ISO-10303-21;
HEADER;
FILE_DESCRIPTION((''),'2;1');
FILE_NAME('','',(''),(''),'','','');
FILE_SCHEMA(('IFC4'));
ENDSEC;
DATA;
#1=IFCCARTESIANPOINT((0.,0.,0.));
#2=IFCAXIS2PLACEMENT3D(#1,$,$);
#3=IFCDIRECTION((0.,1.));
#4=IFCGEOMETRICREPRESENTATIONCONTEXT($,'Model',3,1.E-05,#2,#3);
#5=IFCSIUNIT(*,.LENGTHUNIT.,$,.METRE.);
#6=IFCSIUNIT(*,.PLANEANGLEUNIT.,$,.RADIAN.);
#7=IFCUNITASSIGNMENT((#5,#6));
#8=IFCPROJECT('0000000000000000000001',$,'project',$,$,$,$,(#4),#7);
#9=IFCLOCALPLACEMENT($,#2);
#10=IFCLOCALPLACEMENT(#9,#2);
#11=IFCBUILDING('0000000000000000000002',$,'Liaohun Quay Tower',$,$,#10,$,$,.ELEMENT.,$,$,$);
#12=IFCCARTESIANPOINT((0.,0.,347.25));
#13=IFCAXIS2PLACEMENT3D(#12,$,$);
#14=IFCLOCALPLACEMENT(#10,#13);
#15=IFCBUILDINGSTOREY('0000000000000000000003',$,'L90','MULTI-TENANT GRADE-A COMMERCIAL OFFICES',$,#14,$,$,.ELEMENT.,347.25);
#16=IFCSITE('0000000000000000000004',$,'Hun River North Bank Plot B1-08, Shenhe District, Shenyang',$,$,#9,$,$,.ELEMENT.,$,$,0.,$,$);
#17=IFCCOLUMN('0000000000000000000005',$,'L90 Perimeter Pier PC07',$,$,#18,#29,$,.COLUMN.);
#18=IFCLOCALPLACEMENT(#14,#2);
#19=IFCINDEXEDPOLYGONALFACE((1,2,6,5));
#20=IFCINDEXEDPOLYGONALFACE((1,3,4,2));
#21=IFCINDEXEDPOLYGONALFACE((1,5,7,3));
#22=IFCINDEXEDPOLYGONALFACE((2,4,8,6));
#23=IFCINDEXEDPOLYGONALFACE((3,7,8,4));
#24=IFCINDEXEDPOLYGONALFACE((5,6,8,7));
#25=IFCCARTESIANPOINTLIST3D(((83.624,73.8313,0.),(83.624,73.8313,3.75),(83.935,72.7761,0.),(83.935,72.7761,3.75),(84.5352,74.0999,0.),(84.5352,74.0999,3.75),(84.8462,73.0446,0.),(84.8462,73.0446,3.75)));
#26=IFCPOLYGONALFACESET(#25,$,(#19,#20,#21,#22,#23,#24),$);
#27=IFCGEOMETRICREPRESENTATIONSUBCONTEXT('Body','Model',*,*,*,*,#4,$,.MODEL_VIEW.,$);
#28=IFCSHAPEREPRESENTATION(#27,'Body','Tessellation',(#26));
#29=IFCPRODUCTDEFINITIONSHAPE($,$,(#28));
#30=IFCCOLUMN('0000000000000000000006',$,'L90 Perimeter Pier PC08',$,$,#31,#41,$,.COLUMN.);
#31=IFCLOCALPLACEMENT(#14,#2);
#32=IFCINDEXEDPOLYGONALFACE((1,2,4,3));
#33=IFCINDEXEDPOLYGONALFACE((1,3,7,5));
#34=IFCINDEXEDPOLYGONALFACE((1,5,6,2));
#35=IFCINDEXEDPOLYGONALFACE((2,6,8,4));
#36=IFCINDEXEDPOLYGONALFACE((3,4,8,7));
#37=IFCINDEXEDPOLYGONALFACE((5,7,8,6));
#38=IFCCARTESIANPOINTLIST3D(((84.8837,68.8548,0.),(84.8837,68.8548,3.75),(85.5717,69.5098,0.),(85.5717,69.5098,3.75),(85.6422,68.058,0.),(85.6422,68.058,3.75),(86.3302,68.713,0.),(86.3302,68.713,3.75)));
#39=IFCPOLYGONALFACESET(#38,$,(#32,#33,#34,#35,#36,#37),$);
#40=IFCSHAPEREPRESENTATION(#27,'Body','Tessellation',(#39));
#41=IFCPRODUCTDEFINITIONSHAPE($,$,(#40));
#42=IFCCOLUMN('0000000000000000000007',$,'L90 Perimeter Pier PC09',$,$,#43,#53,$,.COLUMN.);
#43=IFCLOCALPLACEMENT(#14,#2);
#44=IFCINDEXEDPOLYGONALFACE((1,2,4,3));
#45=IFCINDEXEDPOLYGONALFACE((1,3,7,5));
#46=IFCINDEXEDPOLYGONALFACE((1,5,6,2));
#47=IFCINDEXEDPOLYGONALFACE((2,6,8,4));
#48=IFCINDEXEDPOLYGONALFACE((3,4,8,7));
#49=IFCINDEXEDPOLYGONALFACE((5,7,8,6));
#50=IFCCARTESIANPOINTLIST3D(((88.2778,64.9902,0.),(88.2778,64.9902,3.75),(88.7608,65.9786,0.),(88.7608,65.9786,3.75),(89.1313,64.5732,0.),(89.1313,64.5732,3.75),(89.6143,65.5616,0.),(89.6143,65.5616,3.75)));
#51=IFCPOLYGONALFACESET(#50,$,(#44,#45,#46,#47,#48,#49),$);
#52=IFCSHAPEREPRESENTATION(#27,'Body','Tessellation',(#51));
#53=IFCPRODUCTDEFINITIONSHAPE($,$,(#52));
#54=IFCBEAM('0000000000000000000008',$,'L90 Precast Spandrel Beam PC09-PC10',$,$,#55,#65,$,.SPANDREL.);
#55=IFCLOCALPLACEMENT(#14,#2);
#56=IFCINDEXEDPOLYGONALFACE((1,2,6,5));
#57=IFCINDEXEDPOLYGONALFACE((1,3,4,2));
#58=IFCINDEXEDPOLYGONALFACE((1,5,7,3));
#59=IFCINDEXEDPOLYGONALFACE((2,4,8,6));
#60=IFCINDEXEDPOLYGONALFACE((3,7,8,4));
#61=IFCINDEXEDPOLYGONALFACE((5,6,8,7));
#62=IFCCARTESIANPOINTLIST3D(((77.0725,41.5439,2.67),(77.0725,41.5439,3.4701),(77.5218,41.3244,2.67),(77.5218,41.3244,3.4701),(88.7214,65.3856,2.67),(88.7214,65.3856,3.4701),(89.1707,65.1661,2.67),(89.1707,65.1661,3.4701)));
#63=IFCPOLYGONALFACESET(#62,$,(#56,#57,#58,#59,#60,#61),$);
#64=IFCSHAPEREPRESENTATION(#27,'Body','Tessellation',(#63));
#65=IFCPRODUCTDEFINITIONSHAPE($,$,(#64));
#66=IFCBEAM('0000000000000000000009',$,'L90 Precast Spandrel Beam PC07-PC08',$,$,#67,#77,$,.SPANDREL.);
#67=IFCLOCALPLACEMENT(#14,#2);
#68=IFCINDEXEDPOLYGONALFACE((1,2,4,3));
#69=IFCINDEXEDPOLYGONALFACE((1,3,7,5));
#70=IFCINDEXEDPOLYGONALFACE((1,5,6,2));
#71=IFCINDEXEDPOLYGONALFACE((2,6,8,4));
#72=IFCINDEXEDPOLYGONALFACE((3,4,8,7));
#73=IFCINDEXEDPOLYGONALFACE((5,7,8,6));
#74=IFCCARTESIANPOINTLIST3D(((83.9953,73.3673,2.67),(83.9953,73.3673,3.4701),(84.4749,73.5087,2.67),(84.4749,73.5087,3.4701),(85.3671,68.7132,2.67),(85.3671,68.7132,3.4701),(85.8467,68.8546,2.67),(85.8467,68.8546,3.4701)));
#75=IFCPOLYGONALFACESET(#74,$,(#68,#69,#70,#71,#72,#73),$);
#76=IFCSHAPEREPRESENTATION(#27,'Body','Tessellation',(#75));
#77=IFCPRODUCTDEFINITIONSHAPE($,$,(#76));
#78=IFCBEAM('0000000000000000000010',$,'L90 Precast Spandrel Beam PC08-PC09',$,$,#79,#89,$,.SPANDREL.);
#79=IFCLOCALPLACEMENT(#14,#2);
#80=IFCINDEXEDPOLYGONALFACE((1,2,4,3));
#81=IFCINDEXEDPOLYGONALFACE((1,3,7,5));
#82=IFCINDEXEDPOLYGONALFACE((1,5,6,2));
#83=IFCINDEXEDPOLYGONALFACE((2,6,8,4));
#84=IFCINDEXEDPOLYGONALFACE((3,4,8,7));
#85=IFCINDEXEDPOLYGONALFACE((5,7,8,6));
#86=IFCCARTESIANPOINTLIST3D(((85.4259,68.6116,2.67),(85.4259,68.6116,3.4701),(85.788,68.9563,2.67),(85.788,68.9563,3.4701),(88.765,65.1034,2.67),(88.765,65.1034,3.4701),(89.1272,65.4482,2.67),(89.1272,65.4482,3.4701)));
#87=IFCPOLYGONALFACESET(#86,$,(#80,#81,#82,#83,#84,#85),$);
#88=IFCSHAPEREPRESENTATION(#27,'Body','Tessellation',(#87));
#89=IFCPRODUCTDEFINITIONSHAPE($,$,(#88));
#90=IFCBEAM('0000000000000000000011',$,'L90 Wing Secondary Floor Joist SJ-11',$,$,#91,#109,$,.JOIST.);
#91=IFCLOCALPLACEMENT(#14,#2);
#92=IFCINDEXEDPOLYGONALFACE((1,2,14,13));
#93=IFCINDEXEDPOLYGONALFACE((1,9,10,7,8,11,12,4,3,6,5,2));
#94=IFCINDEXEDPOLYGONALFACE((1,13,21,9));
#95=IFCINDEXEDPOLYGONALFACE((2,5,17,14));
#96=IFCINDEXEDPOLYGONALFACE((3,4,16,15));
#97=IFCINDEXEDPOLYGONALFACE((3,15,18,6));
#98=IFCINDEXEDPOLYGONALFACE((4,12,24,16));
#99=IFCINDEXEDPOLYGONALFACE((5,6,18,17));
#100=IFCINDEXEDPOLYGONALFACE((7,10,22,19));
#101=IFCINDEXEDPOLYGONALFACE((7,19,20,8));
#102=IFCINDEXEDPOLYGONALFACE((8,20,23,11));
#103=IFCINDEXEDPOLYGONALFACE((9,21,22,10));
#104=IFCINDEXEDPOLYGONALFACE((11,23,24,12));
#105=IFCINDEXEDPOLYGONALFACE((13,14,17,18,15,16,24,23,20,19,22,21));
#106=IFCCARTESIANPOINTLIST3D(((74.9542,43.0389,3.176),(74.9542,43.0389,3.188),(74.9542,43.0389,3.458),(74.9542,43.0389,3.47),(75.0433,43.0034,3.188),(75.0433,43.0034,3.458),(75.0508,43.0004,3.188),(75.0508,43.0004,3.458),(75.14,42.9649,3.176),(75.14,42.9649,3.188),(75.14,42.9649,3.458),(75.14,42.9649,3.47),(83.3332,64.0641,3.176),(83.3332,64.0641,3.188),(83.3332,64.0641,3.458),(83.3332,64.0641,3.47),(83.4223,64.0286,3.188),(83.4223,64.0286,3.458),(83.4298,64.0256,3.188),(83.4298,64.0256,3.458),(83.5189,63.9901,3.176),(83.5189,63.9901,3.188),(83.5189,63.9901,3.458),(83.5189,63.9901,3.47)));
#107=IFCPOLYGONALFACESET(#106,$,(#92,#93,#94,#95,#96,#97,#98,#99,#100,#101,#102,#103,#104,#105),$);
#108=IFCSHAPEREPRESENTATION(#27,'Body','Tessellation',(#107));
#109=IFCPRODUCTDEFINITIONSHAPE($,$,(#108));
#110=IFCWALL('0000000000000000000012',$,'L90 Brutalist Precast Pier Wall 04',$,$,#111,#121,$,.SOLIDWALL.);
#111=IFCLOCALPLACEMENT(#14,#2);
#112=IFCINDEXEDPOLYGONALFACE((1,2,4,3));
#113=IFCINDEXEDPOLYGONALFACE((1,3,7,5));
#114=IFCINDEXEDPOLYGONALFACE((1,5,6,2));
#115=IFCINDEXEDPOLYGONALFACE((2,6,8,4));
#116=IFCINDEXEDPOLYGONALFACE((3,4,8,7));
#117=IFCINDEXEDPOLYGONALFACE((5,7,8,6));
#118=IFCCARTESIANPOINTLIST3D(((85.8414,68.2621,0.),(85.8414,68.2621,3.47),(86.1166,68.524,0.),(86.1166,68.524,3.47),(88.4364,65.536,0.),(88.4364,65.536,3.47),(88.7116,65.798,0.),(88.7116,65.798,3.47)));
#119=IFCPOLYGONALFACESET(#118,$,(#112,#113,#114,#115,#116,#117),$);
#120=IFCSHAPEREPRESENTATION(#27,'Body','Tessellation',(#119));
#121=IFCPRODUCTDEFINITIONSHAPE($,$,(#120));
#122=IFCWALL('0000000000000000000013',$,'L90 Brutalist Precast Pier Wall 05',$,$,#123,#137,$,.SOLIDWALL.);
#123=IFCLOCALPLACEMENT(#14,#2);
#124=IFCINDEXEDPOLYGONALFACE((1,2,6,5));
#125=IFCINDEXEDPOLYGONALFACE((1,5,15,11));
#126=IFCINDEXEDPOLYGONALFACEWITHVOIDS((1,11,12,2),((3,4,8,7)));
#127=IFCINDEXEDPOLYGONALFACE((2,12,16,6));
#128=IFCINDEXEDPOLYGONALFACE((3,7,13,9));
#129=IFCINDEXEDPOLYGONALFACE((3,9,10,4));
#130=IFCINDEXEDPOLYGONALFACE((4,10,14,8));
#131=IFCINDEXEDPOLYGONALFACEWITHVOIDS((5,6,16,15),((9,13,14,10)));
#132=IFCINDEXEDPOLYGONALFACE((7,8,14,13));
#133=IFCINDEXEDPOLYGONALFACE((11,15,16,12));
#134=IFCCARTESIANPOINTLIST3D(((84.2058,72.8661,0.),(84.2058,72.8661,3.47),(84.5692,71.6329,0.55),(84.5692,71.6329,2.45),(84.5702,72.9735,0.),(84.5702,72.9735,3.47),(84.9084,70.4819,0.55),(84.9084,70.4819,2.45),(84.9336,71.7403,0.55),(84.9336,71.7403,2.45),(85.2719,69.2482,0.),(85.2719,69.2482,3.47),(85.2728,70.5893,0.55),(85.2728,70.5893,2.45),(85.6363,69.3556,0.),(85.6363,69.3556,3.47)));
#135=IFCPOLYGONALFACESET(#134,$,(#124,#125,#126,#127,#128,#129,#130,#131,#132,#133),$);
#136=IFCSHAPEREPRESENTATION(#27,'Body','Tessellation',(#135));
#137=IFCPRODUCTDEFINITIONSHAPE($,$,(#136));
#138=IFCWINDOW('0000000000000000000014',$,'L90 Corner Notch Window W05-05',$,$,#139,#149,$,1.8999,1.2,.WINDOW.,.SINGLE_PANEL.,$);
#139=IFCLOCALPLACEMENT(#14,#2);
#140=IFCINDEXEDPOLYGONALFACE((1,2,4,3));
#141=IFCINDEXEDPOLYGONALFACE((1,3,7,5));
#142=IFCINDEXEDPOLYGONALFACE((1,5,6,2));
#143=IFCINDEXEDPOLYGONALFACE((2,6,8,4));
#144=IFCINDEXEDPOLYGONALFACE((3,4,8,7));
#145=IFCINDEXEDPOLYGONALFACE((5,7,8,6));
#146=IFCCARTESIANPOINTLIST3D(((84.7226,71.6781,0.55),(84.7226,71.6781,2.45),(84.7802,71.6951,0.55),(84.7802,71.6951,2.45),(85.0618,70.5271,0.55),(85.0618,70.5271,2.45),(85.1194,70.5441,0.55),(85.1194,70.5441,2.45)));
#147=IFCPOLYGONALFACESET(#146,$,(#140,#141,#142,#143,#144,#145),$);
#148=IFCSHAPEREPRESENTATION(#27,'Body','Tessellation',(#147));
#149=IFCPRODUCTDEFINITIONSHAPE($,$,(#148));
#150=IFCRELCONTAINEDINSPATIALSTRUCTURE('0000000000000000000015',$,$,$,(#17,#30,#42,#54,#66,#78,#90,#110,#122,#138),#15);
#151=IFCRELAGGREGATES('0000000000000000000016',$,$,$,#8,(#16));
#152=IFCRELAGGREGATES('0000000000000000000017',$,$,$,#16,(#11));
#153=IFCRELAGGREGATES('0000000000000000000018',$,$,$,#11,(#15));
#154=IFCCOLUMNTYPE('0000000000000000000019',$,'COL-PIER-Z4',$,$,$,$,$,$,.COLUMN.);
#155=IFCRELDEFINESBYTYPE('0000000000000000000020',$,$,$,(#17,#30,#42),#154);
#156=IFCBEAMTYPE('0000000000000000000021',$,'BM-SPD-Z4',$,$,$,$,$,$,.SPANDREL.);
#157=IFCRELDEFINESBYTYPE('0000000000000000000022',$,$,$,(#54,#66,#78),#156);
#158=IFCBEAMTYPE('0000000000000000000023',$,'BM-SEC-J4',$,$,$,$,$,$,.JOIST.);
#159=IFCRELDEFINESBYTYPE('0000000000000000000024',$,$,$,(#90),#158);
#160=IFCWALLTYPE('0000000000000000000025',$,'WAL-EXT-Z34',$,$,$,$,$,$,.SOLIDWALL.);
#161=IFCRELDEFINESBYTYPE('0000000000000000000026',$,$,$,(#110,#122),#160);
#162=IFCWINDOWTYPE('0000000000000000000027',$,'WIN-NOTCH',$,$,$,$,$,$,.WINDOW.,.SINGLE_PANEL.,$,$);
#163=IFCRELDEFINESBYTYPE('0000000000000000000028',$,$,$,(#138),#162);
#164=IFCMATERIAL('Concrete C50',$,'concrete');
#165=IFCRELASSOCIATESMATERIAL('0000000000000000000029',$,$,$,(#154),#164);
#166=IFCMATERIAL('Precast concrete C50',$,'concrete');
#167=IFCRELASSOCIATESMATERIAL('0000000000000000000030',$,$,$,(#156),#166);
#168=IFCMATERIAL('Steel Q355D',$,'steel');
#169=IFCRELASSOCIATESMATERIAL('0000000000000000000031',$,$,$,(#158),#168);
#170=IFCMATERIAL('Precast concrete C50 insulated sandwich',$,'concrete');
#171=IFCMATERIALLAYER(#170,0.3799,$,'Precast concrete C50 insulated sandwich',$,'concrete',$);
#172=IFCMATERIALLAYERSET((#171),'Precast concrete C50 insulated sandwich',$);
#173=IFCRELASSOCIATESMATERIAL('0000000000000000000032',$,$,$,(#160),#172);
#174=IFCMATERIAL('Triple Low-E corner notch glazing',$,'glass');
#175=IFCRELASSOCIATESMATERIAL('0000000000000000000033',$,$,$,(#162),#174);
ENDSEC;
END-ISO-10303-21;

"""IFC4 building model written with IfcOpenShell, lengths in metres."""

from ifc_helpers import new_model, si_unit, direction, frame, frame_2d, origin, origin_2d, place, context, subcontext, project, spatial, rectangle, i_section, extrude, source, transform, mapped, material, layer, layer_set, material_profile, profile_set, type_object, element, fill, save


model = new_model("IFC4")

# Units and contexts
model_context = context("Model", 3, precision=1e-05, world=origin(), true_north=direction((0.0, 1.0)))
body_context = subcontext(model_context, "Body", "Model", "MODEL_VIEW")
ifc_project = project(units=[si_unit("LENGTHUNIT", "METRE"), si_unit("PLANEANGLEUNIT", "RADIAN")], contexts=[model_context])

# Site, building, storey
site_placement = place(None, origin())
site = spatial("IfcSite", under=ifc_project, at=site_placement, Name="Hun River North Bank Plot B1-08, Shenhe District, Shenyang", CompositionType="ELEMENT", RefElevation=0.0)
building_placement = place(site_placement, origin())
building = spatial("IfcBuilding", under=site, at=building_placement, Name="Liaohun Quay Tower", CompositionType="ELEMENT")
storey_placement = place(building_placement, frame((0.0, 0.0, 347.25)))
storey = spatial("IfcBuildingStorey", under=building, at=storey_placement, Name="L90", Description="MULTI-TENANT GRADE-A COMMERCIAL OFFICES", CompositionType="ELEMENT", Elevation=347.25)

# Columns
ifc_material_1 = material(Name="Concrete C50", Category="concrete")
ifc_material_profile_1 = material_profile(ifc_material_1, rectangle(XDim=1.1001, YDim=0.95, at=origin_2d()), Name="RC1100x950")
ifc_profile_set_1 = profile_set([ifc_material_profile_1], Name="Concrete C50")
column_type = type_object("IfcColumnType", Name="COL-PIER-Z4", PredefinedType="COLUMN", material=ifc_profile_set_1)
shared_shape_1 = source(origin(), body_context, "Body", "SweptSolid", [
    extrude(rectangle(XDim=1.1001, YDim=0.95, at=origin_2d()), origin(), (0.0, 0.0, 1.0), 3.75),
])
for number, where, z_axis, x_axis, name in (
    (1, (84.2351, 73.438, 0.0), (0.0, 0.0, 1.0), (-0.282676, 0.959215, 0.0), "L90 Perimeter Pier PC07"),
    (2, (85.6069, 68.7839, 0.0), (0.0, 0.0, 1.0), (-0.689493, 0.724292, 0.0), "L90 Perimeter Pier PC08"),
    (3, (88.946, 65.2759, 0.0), (0.0, 0.0, 1.0), (0.438999, 0.898488, 0.0), "L90 Perimeter Pier PC09"),
):
    element("IfcColumn", number, at=place(storey_placement, frame(where, z_axis=z_axis, x_axis=x_axis)), inside=storey, type_object=column_type, Name=name, PredefinedType="COLUMN", context=body_context, shape_type="MappedRepresentation", body=[
        mapped(shared_shape_1, transform((0.0, 0.0, 0.0), x_axis=(1.0, 0.0, 0.0), y_axis=(0.0, 1.0, 0.0), z_axis=(0.0, 0.0, 1.0), scale=1.0)),
    ])

# Beams
ifc_material_2 = material(Name="Precast concrete C50", Category="concrete")
ifc_material_profile_2 = material_profile(ifc_material_2, rectangle(XDim=0.5, YDim=0.8, at=origin_2d()), Name="RC500x800")
ifc_profile_set_2 = profile_set([ifc_material_profile_2], Name="Precast concrete C50")
beam_type_1 = type_object("IfcBeamType", Name="BM-SPD-Z4", PredefinedType="SPANDREL", material=ifc_profile_set_2)
shared_shape_2 = source(origin(), body_context, "Body", "SweptSolid", [
    extrude(rectangle(XDim=0.5, YDim=0.8, at=origin_2d()), origin(), (0.0, 0.0, 1.0), 26.5354),
])
beam_1_placement = place(storey_placement, frame((88.946, 65.2759, 3.0701), z_axis=(-0.438995, -0.898489, 0.0), x_axis=(0.898489, -0.438995, 0.0)))
element("IfcBeam", 4, at=beam_1_placement, inside=storey, type_object=beam_type_1, Name="L90 Precast Spandrel Beam PC09-PC10", PredefinedType="SPANDREL", context=body_context, shape_type="MappedRepresentation", body=[
    mapped(shared_shape_2, transform((0.0, 0.0, 0.0), x_axis=(1.0, 0.0, 0.0), y_axis=(0.0, 1.0, 0.0), z_axis=(0.0, 0.0, 1.0), scale=1.0)),
])
shared_shape_3 = source(origin(), body_context, "Body", "SweptSolid", [
    extrude(rectangle(XDim=0.5, YDim=0.8, at=origin_2d()), origin(), (0.0, 0.0, 1.0), 4.8521),
])
beam_2_placement = place(storey_placement, frame((84.2351, 73.438, 3.0701), z_axis=(0.282733, -0.959199, 0.0), x_axis=(0.959199, 0.282733, 0.0)))
element("IfcBeam", 5, at=beam_2_placement, inside=storey, type_object=beam_type_1, Name="L90 Precast Spandrel Beam PC07-PC08", PredefinedType="SPANDREL", context=body_context, shape_type="MappedRepresentation", body=[
    mapped(shared_shape_3, transform((0.0, 0.0, 0.0), x_axis=(1.0, 0.0, 0.0), y_axis=(0.0, 1.0, 0.0), z_axis=(0.0, 0.0, 1.0), scale=1.0)),
])
shared_shape_4 = source(origin(), body_context, "Body", "SweptSolid", [
    extrude(rectangle(XDim=0.5, YDim=0.8, at=origin_2d()), origin(), (0.0, 0.0, 1.0), 4.8433),
])
beam_3_placement = place(storey_placement, frame((85.6069, 68.7839, 3.0701), z_axis=(0.68945, -0.724333, 0.0), x_axis=(0.724333, 0.68945, 0.0)))
element("IfcBeam", 6, at=beam_3_placement, inside=storey, type_object=beam_type_1, Name="L90 Precast Spandrel Beam PC08-PC09", PredefinedType="SPANDREL", context=body_context, shape_type="MappedRepresentation", body=[
    mapped(shared_shape_4, transform((0.0, 0.0, 0.0), x_axis=(1.0, 0.0, 0.0), y_axis=(0.0, 1.0, 0.0), z_axis=(0.0, 0.0, 1.0), scale=1.0)),
])
ifc_material_3 = material(Name="Steel Q355D", Category="steel")
ifc_material_profile_3 = material_profile(ifc_material_3, i_section(OverallWidth=0.2, OverallDepth=0.2939, WebThickness=0.0081, FlangeThickness=0.012, at=origin_2d()), Name="HM294x200x8x12")
ifc_profile_set_3 = profile_set([ifc_material_profile_3], Name="Steel Q355D")
beam_type_2 = type_object("IfcBeamType", Name="BM-SEC-J4", PredefinedType="JOIST", material=ifc_profile_set_3)
shared_shape_5 = source(origin(), body_context, "Body", "SweptSolid", [
    extrude(i_section(OverallWidth=0.2, OverallDepth=0.2939, WebThickness=0.0081, FlangeThickness=0.012, at=origin_2d()), origin(), (0.0, 0.0, 1.0), 22.6333),
])
beam_4_placement = place(storey_placement, frame((83.426, 64.0271, 3.323), z_axis=(-0.370204, -0.928951, 0.0), x_axis=(0.928951, -0.370204, 0.0)))
element("IfcBeam", 7, at=beam_4_placement, inside=storey, type_object=beam_type_2, Name="L90 Wing Secondary Floor Joist SJ-11", PredefinedType="JOIST", context=body_context, shape_type="MappedRepresentation", body=[
    mapped(shared_shape_5, transform((0.0, 0.0, 0.0), x_axis=(1.0, 0.0, 0.0), y_axis=(0.0, 1.0, 0.0), z_axis=(0.0, 0.0, 1.0), scale=1.0)),
])

# Wall
ifc_material_4 = material(Name="Precast concrete C50 insulated sandwich", Category="concrete")
ifc_layer_1 = layer(ifc_material_4, 0.3799, Name="Precast concrete C50 insulated sandwich", Category="concrete")
ifc_layer_set_1 = layer_set([ifc_layer_1], Name="Precast concrete C50 insulated sandwich")
wall_type_1 = type_object("IfcWallType", Name="WAL-EXT-Z34", PredefinedType="SOLIDWALL", material=ifc_layer_set_1)
wall_1_placement = place(storey_placement, frame((88.574, 65.667, 0.0), z_axis=(0.0, 0.0, 1.0), x_axis=(-0.689475, 0.724309, 0.0)))
element("IfcWall", 8, at=wall_1_placement, inside=storey, type_object=wall_type_1, Name="L90 Brutalist Precast Pier Wall 04", PredefinedType="SOLIDWALL", context=body_context, shape_type="SweptSolid", body=[
    extrude(rectangle(XDim=3.7637, YDim=0.3799, at=frame_2d((1.8818, 0.0))), origin(), (0.0, 0.0, 1.0), 3.47),
])

# Wall, opening, window
wall_2_placement = place(storey_placement, frame((85.4541, 69.302, 0.0), z_axis=(0.0, 0.0, 1.0), x_axis=(-0.282671, 0.959217, 0.0)))
wall_2 = element("IfcWall", 9, at=wall_2_placement, inside=storey, type_object=wall_type_1, Name="L90 Brutalist Precast Pier Wall 05", PredefinedType="SOLIDWALL", context=body_context, shape_type="SweptSolid", body=[
    extrude(rectangle(XDim=3.7717, YDim=0.3799, at=frame_2d((1.8857, 0.0))), origin(), (0.0, 0.0, 1.0), 3.47),
])
shared_shape_6 = source(origin(), body_context, "Body", "SweptSolid", [
    extrude(rectangle(XDim=1.2, YDim=1.8999, at=frame_2d((0.6001, 0.95))), frame((0.0, 0.2, 0.0), z_axis=(0.0, -1.0, 0.0), x_axis=(1.0, 0.0, 0.0)), (0.0, 0.0, 1.0), 0.3999),
])
opening_1_placement = place(wall_2_placement, frame((1.2859, 0.0, 0.55)))
opening_1 = element("IfcOpeningElement", 10, at=opening_1_placement, cuts=wall_2, PredefinedType="OPENING", context=body_context, shape_type="MappedRepresentation", body=[
    mapped(shared_shape_6, transform((0.0, 0.0, 0.0), x_axis=(1.0, 0.0, 0.0), y_axis=(0.0, 1.0, 0.0), z_axis=(0.0, 0.0, 1.0), scale=1.0)),
])
ifc_material_5 = material(Name="Triple Low-E corner notch glazing", Category="glass")
window_type_1 = type_object("IfcWindowType", Name="WIN-NOTCH", PartitioningType="SINGLE_PANEL", PredefinedType="WINDOW", material=ifc_material_5)
shared_shape_7 = source(origin(), body_context, "Body", "SweptSolid", [
    extrude(rectangle(XDim=1.2, YDim=1.8999, at=frame_2d((0.6001, 0.95))), frame((0.0, 0.03, 0.0), z_axis=(0.0, -1.0, 0.0), x_axis=(1.0, 0.0, 0.0)), (0.0, 0.0, 1.0), 0.0601),
])
window_1_placement = place(opening_1_placement, origin())
window_1 = element("IfcWindow", 11, at=window_1_placement, inside=storey, type_object=window_type_1, Name="L90 Corner Notch Window W05-05", OverallHeight=1.8999, OverallWidth=1.2, PartitioningType="SINGLE_PANEL", PredefinedType="WINDOW", context=body_context, shape_type="MappedRepresentation", body=[
    mapped(shared_shape_7, transform((0.0, 0.0, 0.0), x_axis=(1.0, 0.0, 0.0), y_axis=(0.0, 1.0, 0.0), z_axis=(0.0, 0.0, 1.0), scale=1.0)),
])
fill(opening_1, window_1)

save(model, "model.ifc")
